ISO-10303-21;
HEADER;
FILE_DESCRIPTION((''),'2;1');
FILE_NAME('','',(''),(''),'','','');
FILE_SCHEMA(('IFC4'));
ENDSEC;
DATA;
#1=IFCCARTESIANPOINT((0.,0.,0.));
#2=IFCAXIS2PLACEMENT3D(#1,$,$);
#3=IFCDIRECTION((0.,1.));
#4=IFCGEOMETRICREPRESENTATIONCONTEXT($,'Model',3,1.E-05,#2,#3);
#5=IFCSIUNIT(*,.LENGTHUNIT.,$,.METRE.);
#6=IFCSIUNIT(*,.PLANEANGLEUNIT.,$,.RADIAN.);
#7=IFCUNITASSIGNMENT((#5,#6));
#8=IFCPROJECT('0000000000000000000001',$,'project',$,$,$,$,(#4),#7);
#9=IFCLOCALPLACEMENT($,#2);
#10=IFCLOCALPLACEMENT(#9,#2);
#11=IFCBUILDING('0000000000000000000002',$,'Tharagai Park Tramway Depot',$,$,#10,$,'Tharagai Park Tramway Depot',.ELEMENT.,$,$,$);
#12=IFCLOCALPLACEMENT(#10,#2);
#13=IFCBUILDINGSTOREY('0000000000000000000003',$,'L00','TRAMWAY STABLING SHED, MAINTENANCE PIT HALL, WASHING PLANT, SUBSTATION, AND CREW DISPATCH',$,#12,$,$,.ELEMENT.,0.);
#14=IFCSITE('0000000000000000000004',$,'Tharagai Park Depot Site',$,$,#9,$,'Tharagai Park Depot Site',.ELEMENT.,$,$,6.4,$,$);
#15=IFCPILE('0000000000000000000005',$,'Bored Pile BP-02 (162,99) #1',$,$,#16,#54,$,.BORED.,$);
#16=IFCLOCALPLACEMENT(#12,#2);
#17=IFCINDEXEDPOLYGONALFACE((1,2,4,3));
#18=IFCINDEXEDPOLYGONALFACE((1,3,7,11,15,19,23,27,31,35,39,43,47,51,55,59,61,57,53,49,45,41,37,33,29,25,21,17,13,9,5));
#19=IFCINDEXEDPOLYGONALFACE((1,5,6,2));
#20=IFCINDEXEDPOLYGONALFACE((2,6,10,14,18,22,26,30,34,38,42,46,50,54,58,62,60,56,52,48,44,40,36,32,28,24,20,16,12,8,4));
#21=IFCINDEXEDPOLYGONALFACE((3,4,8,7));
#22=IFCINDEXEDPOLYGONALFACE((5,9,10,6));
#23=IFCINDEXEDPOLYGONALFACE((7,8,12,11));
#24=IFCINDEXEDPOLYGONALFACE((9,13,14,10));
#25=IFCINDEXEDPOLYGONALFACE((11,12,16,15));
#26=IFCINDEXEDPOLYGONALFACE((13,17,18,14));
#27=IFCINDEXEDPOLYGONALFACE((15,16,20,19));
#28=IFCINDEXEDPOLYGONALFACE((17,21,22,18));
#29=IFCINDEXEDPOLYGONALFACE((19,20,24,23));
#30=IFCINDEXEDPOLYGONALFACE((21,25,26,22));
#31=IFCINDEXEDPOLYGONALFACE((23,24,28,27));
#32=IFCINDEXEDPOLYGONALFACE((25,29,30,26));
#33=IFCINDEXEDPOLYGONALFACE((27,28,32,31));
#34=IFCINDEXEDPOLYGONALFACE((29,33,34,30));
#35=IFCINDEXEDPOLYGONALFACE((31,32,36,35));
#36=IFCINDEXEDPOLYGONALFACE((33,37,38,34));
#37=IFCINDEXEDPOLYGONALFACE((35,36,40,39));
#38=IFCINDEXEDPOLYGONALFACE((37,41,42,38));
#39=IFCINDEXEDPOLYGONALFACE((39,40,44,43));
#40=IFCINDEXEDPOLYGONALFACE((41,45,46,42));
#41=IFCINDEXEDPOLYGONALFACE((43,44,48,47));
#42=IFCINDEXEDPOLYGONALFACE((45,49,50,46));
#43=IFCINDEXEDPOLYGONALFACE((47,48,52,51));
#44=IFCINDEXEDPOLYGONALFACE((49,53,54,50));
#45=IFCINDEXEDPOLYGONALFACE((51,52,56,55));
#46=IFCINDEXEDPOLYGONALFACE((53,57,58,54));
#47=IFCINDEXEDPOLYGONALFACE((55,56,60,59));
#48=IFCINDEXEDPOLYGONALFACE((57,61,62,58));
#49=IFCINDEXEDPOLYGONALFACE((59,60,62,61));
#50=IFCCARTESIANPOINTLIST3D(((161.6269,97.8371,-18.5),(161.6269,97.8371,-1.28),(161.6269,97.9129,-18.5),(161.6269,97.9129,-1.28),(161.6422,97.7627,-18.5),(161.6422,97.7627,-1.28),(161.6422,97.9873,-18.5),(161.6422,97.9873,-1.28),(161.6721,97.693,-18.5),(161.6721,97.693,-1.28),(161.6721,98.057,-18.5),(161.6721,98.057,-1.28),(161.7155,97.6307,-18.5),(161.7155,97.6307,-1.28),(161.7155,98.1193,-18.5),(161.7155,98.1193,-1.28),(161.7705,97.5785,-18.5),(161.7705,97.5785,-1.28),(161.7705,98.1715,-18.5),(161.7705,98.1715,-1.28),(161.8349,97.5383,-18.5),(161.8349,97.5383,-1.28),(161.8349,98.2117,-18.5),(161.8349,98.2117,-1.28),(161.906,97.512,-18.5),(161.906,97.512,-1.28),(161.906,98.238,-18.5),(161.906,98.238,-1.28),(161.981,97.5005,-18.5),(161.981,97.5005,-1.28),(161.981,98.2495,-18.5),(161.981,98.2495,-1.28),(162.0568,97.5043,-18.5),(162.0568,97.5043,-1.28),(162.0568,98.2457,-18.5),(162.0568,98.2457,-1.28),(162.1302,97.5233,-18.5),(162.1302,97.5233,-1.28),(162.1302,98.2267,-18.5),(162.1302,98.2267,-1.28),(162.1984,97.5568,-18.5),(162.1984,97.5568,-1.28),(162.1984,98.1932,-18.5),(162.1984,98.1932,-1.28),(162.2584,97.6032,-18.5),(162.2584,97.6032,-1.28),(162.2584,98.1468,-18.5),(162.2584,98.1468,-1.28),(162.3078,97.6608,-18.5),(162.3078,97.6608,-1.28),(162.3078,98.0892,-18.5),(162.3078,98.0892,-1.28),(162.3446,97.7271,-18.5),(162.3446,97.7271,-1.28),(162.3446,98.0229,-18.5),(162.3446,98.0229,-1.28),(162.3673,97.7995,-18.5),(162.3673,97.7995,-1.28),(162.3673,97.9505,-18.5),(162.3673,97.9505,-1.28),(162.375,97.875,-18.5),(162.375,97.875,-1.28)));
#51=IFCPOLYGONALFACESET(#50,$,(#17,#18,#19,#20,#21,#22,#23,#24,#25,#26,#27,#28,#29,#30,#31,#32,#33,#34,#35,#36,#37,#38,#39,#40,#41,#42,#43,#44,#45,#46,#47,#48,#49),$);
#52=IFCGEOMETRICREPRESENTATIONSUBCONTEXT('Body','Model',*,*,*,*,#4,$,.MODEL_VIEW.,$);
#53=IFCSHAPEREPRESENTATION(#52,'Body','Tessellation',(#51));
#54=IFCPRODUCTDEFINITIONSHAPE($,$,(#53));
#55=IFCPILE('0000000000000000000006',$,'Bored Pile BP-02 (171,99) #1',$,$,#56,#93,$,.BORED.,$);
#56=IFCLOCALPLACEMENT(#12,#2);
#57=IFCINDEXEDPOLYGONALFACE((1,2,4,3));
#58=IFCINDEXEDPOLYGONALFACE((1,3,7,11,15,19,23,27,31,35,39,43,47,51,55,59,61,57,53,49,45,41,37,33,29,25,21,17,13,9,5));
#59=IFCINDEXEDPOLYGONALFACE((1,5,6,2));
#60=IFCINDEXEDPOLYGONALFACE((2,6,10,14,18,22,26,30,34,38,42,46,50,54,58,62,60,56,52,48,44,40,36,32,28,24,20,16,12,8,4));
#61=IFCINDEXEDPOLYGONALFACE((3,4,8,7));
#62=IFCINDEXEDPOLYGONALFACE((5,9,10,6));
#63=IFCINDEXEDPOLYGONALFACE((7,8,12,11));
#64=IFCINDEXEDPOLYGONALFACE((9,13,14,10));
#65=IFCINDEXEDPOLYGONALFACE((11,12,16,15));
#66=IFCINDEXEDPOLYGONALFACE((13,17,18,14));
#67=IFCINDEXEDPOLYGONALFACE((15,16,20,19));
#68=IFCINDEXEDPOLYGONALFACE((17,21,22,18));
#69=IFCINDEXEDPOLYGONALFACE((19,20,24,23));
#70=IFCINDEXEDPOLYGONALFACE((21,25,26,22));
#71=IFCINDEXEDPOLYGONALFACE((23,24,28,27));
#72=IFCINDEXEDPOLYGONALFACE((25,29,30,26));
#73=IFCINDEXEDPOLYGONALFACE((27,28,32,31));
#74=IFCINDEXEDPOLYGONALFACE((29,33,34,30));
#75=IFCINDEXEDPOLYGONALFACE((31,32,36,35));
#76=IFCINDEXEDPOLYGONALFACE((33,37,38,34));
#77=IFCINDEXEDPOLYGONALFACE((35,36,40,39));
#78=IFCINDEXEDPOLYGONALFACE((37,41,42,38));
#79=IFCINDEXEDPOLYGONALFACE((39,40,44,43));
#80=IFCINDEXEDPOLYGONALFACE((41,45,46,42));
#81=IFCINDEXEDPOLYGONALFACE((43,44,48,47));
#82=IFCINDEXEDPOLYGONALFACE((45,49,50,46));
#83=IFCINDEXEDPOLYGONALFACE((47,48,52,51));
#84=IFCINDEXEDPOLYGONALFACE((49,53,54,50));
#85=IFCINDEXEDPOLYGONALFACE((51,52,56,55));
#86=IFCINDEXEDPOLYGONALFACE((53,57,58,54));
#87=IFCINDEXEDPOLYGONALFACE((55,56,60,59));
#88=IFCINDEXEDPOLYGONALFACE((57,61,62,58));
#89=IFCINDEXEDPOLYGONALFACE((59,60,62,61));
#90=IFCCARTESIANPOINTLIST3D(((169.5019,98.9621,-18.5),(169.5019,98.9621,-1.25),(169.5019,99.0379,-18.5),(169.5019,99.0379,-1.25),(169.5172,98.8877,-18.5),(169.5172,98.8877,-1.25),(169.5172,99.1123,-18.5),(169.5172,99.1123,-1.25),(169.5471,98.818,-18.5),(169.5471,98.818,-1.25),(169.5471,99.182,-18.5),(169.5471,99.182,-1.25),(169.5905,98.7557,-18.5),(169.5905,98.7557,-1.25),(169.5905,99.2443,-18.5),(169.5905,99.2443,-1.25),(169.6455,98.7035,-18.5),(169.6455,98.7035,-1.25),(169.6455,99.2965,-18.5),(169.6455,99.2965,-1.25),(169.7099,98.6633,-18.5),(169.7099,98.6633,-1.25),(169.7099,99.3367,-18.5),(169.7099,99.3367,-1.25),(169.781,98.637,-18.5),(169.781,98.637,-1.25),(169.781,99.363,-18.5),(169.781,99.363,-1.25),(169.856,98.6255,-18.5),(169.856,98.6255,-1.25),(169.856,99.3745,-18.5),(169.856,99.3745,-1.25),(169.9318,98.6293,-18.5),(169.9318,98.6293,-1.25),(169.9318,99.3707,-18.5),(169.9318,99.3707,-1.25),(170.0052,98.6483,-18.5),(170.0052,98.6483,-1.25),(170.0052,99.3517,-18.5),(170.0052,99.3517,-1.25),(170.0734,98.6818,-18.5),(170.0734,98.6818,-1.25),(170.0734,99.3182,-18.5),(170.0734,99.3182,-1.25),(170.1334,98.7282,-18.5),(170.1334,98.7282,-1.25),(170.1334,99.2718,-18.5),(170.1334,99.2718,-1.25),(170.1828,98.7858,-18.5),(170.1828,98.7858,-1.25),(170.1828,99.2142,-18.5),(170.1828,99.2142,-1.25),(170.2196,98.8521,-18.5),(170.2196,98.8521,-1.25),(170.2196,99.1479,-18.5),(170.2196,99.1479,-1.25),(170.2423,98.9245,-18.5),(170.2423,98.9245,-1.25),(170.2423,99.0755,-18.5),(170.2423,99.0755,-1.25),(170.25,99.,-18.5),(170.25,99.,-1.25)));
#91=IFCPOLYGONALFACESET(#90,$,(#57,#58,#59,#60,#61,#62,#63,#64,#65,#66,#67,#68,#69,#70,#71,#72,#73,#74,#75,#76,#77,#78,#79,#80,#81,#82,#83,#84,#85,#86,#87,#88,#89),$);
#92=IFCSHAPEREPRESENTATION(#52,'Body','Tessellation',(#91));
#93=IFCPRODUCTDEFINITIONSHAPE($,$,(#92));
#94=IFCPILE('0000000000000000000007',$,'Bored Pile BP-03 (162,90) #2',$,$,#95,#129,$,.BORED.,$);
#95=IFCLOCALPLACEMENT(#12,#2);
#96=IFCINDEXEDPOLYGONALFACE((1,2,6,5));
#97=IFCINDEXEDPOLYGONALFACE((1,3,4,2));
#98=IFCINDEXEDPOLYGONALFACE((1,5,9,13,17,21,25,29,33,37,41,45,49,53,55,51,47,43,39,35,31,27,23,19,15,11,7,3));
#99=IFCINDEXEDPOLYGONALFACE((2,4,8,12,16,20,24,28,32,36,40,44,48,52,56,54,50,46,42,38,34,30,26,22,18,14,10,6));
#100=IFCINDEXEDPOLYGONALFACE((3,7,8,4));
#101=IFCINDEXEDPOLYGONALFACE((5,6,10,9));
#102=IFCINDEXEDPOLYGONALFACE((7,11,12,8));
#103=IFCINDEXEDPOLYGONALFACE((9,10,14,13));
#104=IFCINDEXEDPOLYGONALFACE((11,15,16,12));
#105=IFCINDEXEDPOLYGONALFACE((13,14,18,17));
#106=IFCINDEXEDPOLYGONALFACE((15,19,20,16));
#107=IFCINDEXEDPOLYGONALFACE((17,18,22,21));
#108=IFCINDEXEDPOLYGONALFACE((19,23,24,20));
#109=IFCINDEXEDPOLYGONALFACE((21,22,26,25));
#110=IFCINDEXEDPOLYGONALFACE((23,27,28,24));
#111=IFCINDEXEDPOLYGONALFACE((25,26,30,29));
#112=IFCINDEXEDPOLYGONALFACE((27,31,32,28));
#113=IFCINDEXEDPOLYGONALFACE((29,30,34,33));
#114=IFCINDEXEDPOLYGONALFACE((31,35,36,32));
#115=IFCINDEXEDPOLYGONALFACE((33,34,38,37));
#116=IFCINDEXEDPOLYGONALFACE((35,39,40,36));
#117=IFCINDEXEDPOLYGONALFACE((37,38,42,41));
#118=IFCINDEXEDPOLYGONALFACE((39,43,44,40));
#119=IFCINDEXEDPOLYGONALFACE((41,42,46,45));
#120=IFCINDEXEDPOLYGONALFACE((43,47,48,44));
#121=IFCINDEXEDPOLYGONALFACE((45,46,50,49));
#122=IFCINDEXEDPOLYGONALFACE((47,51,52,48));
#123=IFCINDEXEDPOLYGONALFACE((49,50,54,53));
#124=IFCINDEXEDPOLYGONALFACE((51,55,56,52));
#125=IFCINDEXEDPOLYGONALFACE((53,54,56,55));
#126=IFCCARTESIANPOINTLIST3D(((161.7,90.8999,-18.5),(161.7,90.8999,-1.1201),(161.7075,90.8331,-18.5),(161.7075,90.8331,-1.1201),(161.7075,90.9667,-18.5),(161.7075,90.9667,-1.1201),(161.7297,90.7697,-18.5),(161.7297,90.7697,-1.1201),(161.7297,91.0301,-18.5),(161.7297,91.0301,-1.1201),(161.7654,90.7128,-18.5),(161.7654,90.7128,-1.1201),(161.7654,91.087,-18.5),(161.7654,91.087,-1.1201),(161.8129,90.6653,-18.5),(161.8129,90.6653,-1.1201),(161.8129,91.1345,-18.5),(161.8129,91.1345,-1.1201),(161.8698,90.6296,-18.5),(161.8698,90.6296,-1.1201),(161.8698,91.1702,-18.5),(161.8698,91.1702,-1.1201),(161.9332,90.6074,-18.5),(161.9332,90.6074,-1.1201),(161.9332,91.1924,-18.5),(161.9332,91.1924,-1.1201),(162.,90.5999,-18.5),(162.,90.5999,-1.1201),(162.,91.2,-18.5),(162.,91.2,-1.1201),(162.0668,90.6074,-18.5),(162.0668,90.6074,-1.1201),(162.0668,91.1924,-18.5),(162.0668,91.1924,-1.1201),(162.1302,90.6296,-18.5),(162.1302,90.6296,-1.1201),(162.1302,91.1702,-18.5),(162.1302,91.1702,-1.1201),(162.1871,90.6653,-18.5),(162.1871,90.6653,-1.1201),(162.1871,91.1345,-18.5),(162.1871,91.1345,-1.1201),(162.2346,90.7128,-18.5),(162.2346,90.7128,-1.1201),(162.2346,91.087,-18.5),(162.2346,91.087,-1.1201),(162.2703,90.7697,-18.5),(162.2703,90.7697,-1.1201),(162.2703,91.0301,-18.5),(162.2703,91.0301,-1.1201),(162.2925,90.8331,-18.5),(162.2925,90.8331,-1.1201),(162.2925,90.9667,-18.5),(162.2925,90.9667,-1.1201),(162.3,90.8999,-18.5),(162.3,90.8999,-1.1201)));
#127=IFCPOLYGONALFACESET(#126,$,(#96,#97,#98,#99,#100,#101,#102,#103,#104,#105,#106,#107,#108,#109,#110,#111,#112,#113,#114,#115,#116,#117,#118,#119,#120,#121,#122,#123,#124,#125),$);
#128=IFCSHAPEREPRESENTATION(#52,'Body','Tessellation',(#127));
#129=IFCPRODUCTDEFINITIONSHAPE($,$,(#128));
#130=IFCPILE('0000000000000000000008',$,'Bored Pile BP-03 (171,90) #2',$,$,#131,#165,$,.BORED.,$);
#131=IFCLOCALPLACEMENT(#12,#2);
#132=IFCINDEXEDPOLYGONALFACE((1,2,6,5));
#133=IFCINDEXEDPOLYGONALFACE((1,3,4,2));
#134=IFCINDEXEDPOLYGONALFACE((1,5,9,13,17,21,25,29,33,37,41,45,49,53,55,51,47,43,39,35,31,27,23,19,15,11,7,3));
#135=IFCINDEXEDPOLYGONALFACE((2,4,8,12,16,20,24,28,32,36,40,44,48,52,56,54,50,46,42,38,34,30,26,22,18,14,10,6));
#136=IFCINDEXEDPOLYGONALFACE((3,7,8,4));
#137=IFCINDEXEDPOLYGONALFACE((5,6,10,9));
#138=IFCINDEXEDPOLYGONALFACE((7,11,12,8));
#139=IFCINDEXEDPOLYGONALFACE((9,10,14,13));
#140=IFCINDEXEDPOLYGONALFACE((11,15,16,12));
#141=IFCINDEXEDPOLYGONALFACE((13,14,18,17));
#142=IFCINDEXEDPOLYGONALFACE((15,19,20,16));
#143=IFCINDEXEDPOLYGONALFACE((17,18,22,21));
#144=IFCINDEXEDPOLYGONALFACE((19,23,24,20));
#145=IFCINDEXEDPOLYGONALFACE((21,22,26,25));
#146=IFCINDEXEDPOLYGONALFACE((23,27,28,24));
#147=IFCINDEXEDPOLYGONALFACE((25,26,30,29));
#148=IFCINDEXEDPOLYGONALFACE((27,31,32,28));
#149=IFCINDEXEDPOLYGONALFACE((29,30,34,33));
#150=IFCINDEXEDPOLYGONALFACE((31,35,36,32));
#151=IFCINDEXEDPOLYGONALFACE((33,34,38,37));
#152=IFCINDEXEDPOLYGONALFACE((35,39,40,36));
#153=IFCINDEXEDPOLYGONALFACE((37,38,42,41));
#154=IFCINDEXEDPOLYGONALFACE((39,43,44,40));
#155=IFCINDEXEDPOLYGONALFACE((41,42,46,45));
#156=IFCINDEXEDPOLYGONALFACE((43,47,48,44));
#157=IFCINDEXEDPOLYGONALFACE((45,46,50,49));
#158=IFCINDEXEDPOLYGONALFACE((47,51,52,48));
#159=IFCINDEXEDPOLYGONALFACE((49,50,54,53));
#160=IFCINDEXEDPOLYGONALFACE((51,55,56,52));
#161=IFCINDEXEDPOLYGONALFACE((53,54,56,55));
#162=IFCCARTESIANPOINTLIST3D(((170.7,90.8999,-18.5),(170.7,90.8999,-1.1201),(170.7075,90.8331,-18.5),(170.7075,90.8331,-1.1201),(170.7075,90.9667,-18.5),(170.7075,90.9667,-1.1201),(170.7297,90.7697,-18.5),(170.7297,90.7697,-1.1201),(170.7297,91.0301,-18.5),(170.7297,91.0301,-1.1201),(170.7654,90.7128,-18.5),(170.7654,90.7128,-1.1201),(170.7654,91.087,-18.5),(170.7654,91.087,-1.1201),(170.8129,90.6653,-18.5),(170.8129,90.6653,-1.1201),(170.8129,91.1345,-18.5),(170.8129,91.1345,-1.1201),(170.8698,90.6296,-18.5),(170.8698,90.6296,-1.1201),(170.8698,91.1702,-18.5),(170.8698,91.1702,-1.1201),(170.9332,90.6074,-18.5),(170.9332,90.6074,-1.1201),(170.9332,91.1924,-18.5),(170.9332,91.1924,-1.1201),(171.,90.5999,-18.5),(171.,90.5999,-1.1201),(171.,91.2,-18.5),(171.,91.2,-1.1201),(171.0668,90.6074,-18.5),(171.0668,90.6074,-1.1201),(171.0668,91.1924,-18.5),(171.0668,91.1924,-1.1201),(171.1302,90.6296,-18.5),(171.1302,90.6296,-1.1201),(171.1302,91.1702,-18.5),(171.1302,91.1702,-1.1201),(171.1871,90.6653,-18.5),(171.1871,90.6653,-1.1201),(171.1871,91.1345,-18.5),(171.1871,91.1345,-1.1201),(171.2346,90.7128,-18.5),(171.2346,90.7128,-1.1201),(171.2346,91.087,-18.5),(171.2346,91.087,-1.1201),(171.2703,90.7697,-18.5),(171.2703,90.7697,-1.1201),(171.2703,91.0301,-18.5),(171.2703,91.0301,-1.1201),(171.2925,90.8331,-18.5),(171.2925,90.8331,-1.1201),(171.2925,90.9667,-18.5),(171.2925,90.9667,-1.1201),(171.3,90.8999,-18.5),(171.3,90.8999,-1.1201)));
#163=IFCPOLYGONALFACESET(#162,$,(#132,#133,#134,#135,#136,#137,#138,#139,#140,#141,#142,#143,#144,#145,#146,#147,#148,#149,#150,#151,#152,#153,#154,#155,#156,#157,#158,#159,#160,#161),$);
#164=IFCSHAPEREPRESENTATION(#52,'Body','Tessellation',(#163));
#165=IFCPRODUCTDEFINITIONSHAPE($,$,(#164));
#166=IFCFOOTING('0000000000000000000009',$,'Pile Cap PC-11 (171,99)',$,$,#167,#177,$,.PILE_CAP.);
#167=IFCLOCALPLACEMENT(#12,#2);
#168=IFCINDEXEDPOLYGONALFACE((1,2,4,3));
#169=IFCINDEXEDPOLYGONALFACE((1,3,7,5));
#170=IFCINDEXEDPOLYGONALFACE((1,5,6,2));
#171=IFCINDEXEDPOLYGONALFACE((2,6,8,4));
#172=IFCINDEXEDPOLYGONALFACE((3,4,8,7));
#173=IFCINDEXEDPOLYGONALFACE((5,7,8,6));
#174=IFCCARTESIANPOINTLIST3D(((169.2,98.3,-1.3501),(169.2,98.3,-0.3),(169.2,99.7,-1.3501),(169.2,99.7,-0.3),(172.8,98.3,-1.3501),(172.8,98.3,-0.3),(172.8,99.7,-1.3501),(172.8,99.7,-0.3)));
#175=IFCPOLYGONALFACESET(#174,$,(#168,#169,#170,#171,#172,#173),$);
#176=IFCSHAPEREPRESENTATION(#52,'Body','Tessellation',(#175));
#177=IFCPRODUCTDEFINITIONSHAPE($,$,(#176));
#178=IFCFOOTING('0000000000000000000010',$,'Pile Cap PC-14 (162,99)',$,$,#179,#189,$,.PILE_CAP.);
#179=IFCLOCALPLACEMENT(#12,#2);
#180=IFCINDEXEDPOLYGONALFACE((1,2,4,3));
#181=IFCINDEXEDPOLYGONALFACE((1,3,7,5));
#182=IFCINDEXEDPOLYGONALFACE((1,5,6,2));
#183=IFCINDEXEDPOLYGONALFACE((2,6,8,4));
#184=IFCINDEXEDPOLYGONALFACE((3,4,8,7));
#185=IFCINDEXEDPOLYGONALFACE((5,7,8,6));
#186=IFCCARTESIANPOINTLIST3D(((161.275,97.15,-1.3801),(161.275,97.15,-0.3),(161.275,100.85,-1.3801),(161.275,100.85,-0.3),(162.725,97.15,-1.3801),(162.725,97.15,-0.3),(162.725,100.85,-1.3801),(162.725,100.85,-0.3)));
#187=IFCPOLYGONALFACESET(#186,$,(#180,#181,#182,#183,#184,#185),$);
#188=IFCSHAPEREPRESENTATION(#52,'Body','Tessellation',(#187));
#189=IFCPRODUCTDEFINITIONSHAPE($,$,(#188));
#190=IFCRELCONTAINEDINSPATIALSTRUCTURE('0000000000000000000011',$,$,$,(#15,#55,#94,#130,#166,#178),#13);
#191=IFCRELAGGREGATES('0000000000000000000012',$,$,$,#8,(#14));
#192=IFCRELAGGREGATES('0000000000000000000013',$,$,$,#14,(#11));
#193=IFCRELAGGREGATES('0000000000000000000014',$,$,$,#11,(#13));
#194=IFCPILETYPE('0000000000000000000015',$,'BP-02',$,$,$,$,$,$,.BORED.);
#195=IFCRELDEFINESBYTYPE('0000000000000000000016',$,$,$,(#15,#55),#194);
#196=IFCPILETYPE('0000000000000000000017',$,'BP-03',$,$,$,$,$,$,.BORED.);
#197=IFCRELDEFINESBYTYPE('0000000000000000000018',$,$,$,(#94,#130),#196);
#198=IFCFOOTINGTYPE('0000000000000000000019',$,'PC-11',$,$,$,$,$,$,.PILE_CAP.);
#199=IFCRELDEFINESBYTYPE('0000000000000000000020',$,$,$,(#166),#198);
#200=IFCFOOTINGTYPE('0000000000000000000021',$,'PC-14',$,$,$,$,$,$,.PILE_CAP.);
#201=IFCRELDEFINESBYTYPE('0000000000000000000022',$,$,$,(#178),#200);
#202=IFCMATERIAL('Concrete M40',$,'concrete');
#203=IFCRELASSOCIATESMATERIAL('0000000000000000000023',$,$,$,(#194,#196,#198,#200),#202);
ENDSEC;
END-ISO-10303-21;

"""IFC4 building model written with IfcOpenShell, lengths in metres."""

from ifc_helpers import new_model, si_unit, direction, frame, origin, origin_2d, place, context, subcontext, project, spatial, rectangle, circle, extrude, material, material_profile, profile_set, type_object, element, save


model = new_model("IFC4")

# Units and contexts
model_context = context("Model", 3, precision=1e-05, world=origin(), true_north=direction((0.0, 1.0)))
body_context = subcontext(model_context, "Body", "Model", "MODEL_VIEW")
ifc_project = project(units=[si_unit("LENGTHUNIT", "METRE"), si_unit("PLANEANGLEUNIT", "RADIAN")], contexts=[model_context])

# Site, building, storey
site_placement = place(None, origin())
site = spatial("IfcSite", under=ifc_project, at=site_placement, Name="Tharagai Park Depot Site", LongName="Tharagai Park Depot Site", CompositionType="ELEMENT", RefElevation=6.4)
building_placement = place(site_placement, origin())
building = spatial("IfcBuilding", under=site, at=building_placement, Name="Tharagai Park Tramway Depot", LongName="Tharagai Park Tramway Depot", CompositionType="ELEMENT")
storey_placement = place(building_placement, origin())
storey = spatial("IfcBuildingStorey", under=building, at=storey_placement, Name="L00", Description="TRAMWAY STABLING SHED, MAINTENANCE PIT HALL, WASHING PLANT, SUBSTATION, AND CREW DISPATCH", CompositionType="ELEMENT", Elevation=0.0)

# Piles
ifc_material_1 = material(Name="Concrete M40", Category="concrete")
ifc_material_profile_1 = material_profile(ifc_material_1, circle(Radius=0.375, at=origin_2d()), Name="PILE D750")
ifc_profile_set_1 = profile_set([ifc_material_profile_1], Name="Concrete M40")
pile_type_1 = type_object("IfcPileType", Name="BP-02", PredefinedType="BORED", material=ifc_profile_set_1)
pile_1_placement = place(storey_placement, frame((162.0, 97.875, -1.28), z_axis=(0.0, 0.0, -1.0), x_axis=(1.0, 0.0, 0.0)))
element("IfcPile", 1, at=pile_1_placement, inside=storey, type_object=pile_type_1, Name="Bored Pile BP-02 (162,99) #1", PredefinedType="BORED", context=body_context, shape_type="SweptSolid", body=[
    extrude(circle(Radius=0.375, at=origin_2d()), origin(), (0.0, 0.0, 1.0), 17.22),
])
pile_2_placement = place(storey_placement, frame((169.875, 99.0, -1.25), z_axis=(0.0, 0.0, -1.0), x_axis=(1.0, 0.0, 0.0)))
element("IfcPile", 2, at=pile_2_placement, inside=storey, type_object=pile_type_1, Name="Bored Pile BP-02 (171,99) #1", PredefinedType="BORED", context=body_context, shape_type="SweptSolid", body=[
    extrude(circle(Radius=0.375, at=origin_2d()), origin(), (0.0, 0.0, 1.0), 17.25),
])
ifc_material_profile_2 = material_profile(ifc_material_1, circle(Radius=0.3, at=origin_2d()), Name="PILE D600")
ifc_profile_set_2 = profile_set([ifc_material_profile_2], Name="Concrete M40")
pile_type_2 = type_object("IfcPileType", Name="BP-03", PredefinedType="BORED", material=ifc_profile_set_2)
for number, where, z_axis, x_axis, name in (
    (3, (162.0, 90.8999, -1.1201), (0.0, 0.0, -1.0), (1.0, 0.0, 0.0), "Bored Pile BP-03 (162,90) #2"),
    (4, (171.0, 90.8999, -1.1201), (0.0, 0.0, -1.0), (1.0, 0.0, 0.0), "Bored Pile BP-03 (171,90) #2"),
):
    element("IfcPile", number, at=place(storey_placement, frame(where, z_axis=z_axis, x_axis=x_axis)), inside=storey, type_object=pile_type_2, Name=name, PredefinedType="BORED", context=body_context, shape_type="SweptSolid", body=[
        extrude(circle(Radius=0.3, at=origin_2d()), origin(), (0.0, 0.0, 1.0), 17.3799),
    ])

# Footings
footing_type_1 = type_object("IfcFootingType", Name="PC-11", PredefinedType="PILE_CAP", material=ifc_material_1)
footing_1_placement = place(storey_placement, frame((171.0, 99.0, -1.3501), z_axis=(0.0, 0.0, 1.0), x_axis=(1.0, 0.0, 0.0)))
element("IfcFooting", 5, at=footing_1_placement, inside=storey, type_object=footing_type_1, Name="Pile Cap PC-11 (171,99)", PredefinedType="PILE_CAP", context=body_context, shape_type="SweptSolid", body=[
    extrude(rectangle(XDim=3.6001, YDim=1.3999, at=origin_2d()), origin(), (0.0, 0.0, 1.0), 1.05),
])
footing_type_2 = type_object("IfcFootingType", Name="PC-14", PredefinedType="PILE_CAP", material=ifc_material_1)
footing_2_placement = place(storey_placement, frame((162.0, 99.0, -1.3801), z_axis=(0.0, 0.0, 1.0), x_axis=(1.0, 0.0, 0.0)))
element("IfcFooting", 6, at=footing_2_placement, inside=storey, type_object=footing_type_2, Name="Pile Cap PC-14 (162,99)", PredefinedType="PILE_CAP", context=body_context, shape_type="SweptSolid", body=[
    extrude(rectangle(XDim=1.45, YDim=3.7, at=origin_2d()), origin(), (0.0, 0.0, 1.0), 1.0801),
])

save(model, "model.ifc")
